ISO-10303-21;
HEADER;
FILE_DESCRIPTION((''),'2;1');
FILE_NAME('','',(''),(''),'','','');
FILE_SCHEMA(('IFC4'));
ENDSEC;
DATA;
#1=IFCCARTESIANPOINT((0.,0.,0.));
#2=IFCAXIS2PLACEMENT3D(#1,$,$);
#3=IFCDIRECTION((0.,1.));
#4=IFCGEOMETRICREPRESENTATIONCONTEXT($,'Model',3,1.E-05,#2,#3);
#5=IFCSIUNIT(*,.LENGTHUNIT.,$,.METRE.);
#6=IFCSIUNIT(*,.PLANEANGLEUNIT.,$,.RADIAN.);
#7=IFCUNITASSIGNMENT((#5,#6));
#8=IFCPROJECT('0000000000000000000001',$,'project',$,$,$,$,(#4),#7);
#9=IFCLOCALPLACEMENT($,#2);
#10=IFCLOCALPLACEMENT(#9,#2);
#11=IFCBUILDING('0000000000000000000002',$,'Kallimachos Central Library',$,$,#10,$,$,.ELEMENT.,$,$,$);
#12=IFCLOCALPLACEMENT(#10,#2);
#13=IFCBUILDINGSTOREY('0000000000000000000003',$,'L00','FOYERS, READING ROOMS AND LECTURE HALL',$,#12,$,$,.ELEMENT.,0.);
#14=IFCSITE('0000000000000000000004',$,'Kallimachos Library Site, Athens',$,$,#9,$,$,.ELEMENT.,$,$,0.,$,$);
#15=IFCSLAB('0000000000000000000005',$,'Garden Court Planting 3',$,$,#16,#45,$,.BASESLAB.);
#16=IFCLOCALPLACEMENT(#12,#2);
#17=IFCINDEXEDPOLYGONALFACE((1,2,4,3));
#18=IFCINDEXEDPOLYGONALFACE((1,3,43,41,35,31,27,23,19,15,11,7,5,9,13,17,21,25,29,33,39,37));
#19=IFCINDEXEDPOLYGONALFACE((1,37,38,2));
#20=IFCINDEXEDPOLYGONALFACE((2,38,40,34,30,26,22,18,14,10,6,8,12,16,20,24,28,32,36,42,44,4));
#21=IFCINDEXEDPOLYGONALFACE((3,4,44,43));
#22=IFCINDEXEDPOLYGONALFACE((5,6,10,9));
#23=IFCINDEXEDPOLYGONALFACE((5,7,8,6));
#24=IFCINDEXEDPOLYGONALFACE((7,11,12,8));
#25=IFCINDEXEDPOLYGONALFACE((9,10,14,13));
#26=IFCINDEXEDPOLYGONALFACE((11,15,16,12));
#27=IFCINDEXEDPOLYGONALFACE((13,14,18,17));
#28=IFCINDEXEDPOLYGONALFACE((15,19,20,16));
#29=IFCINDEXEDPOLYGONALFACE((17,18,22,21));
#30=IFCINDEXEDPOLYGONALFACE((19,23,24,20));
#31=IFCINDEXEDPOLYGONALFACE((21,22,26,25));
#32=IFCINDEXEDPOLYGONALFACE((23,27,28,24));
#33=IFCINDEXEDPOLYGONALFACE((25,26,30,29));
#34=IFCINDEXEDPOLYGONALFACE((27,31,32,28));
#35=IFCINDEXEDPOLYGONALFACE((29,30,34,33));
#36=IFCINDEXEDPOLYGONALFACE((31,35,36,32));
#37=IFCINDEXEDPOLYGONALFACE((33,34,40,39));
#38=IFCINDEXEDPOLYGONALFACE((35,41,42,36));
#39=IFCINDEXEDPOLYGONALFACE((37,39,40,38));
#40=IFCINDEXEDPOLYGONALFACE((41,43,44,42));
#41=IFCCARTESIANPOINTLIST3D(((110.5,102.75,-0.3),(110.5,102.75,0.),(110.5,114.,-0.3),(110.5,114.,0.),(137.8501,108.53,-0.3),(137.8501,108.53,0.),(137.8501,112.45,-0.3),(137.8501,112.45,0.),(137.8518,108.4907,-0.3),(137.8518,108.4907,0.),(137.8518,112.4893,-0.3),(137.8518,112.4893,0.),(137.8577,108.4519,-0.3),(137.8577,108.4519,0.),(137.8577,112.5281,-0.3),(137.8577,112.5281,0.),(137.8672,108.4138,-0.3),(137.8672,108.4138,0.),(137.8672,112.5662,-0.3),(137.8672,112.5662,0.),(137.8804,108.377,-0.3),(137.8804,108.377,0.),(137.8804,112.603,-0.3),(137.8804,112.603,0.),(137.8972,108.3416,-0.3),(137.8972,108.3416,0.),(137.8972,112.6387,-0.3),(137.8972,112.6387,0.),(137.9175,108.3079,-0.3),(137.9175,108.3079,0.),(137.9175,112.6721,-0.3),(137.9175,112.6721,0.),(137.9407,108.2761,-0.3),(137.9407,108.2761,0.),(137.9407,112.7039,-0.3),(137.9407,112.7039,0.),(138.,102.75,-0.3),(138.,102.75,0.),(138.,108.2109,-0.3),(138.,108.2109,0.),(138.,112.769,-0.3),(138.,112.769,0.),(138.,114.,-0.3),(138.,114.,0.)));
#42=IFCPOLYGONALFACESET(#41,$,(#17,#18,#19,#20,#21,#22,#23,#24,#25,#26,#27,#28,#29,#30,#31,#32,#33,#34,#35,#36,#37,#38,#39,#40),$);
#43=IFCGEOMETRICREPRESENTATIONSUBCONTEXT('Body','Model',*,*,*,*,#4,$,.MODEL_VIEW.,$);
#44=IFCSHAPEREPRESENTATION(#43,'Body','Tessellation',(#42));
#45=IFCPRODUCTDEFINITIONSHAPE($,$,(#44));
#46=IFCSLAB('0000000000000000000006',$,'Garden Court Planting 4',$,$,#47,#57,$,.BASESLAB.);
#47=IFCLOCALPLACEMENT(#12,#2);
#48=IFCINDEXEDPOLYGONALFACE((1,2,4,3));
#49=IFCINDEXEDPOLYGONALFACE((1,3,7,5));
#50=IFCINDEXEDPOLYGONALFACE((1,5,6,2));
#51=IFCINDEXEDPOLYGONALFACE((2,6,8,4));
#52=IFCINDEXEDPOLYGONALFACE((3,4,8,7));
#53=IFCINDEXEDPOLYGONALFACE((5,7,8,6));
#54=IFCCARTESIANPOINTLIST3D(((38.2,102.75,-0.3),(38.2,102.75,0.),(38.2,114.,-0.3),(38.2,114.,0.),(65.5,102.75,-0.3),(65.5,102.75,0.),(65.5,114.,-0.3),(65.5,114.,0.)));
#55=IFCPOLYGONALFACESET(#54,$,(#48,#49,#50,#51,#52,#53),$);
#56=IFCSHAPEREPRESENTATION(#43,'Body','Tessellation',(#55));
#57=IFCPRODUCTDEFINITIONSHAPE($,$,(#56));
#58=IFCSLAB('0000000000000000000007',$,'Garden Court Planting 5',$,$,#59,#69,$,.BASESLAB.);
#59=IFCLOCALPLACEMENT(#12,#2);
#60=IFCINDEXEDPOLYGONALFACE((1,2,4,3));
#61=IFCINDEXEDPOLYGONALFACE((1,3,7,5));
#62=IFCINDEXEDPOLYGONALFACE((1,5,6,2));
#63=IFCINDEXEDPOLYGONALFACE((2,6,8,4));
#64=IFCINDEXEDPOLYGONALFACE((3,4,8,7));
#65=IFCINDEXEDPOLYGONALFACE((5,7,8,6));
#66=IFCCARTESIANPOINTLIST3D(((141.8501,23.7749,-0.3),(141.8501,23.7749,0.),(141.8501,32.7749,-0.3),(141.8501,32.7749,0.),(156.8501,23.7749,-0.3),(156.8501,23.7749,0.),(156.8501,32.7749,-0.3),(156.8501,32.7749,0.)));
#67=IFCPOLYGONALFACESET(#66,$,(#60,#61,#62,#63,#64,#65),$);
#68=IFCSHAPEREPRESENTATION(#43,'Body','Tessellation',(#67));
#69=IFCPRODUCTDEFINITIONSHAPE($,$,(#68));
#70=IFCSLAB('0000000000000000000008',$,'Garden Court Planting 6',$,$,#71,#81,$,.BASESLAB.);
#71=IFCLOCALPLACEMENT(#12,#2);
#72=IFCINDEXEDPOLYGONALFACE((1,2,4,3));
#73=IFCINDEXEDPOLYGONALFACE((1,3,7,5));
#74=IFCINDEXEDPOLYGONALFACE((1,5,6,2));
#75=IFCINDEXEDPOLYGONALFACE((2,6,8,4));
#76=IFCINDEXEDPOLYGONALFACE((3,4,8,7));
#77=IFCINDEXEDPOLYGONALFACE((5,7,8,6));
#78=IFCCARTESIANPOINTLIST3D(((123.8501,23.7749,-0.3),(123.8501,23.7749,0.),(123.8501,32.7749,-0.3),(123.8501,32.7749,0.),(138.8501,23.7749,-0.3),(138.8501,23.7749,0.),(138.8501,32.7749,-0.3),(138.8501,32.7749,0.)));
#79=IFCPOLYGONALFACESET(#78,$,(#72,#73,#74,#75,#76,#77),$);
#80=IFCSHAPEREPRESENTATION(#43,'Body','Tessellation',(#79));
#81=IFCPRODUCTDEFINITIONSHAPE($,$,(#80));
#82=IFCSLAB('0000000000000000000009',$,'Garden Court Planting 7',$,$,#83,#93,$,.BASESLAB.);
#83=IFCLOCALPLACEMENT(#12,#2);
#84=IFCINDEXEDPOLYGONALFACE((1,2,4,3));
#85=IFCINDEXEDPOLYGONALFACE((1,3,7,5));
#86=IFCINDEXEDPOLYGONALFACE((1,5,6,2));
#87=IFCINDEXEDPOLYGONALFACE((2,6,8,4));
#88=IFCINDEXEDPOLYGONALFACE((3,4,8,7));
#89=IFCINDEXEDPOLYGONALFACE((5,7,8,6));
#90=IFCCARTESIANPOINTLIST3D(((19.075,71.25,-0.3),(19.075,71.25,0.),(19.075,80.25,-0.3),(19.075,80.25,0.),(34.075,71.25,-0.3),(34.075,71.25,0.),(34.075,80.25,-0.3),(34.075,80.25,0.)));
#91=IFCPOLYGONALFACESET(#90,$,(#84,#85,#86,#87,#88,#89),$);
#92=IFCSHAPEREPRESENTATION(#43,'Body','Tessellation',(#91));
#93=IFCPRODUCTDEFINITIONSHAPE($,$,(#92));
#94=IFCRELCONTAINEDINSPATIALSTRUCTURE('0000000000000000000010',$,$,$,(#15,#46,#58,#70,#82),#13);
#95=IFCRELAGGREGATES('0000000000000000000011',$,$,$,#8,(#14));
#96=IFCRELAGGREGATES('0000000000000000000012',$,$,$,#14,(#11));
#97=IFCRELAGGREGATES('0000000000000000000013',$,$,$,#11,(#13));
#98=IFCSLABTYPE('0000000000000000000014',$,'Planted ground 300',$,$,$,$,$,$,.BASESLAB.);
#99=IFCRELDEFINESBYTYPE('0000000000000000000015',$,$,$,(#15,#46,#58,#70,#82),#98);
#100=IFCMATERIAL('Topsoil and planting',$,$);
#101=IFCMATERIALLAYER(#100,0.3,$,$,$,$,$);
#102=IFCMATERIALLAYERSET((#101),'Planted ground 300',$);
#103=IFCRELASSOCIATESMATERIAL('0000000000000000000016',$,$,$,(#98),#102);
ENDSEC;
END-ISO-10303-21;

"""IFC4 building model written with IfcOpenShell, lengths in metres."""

from ifc_helpers import new_model, si_unit, direction, frame, origin, place, context, subcontext, project, spatial, polyline, outline, extrude, material, layer, layer_set, type_object, element, save


model = new_model("IFC4")

# Units and contexts
model_context = context("Model", 3, precision=1e-05, world=origin(), true_north=direction((0.0, 1.0)))
body_context = subcontext(model_context, "Body", "Model", "MODEL_VIEW")
ifc_project = project(units=[si_unit("LENGTHUNIT", "METRE"), si_unit("PLANEANGLEUNIT", "RADIAN")], contexts=[model_context])

# Site, building, storey
site_placement = place(None, origin())
site = spatial("IfcSite", under=ifc_project, at=site_placement, Name="Kallimachos Library Site, Athens", CompositionType="ELEMENT", RefElevation=0.0)
building_placement = place(site_placement, origin())
building = spatial("IfcBuilding", under=site, at=building_placement, Name="Kallimachos Central Library", CompositionType="ELEMENT")
storey_placement = place(building_placement, origin())
storey = spatial("IfcBuildingStorey", under=building, at=storey_placement, Name="L00", Description="FOYERS, READING ROOMS AND LECTURE HALL", CompositionType="ELEMENT", Elevation=0.0)

# Slabs
ifc_material_1 = material(Name="Topsoil and planting")
ifc_layer_1 = layer(ifc_material_1, 0.3)
ifc_layer_set_1 = layer_set([ifc_layer_1], Name="Planted ground 300")
slab_type_1 = type_object("IfcSlabType", Name="Planted ground 300", PredefinedType="BASESLAB", material=ifc_layer_set_1)
slab_1_placement = place(storey_placement, frame((0.0, 0.0, -0.3)))
element("IfcSlab", 1, at=slab_1_placement, inside=storey, type_object=slab_type_1, Name="Garden Court Planting 3", PredefinedType="BASESLAB", context=body_context, shape_type="SweptSolid", body=[
    extrude(outline(polyline([(110.5, 102.75), (110.5, 114.0), (138.0, 114.0), (138.0, 112.769), (137.9407, 112.7039), (137.9175, 112.6721), (137.8972, 112.6387), (137.8804, 112.603), (137.8672, 112.5662), (137.8577, 112.5281), (137.8518, 112.4893), (137.8501, 112.45), (137.8501, 108.53), (137.8518, 108.4907), (137.8577, 108.4519), (137.8672, 108.4138), (137.8804, 108.377), (137.8972, 108.3416), (137.9175, 108.3079), (137.9407, 108.2761), (138.0, 108.2109), (138.0, 102.75), (110.5, 102.75)])), origin(), (0.0, 0.0, 1.0), 0.3),
])
slab_2_placement = place(storey_placement, frame((0.0, 0.0, -0.3)))
element("IfcSlab", 2, at=slab_2_placement, inside=storey, type_object=slab_type_1, Name="Garden Court Planting 4", PredefinedType="BASESLAB", context=body_context, shape_type="SweptSolid", body=[
    extrude(outline(polyline([(38.2, 102.75), (38.2, 114.0), (65.5, 114.0), (65.5, 102.75), (38.2, 102.75)])), origin(), (0.0, 0.0, 1.0), 0.3),
])
slab_3_placement = place(storey_placement, frame((0.0, 0.0, -0.3)))
element("IfcSlab", 3, at=slab_3_placement, inside=storey, type_object=slab_type_1, Name="Garden Court Planting 5", PredefinedType="BASESLAB", context=body_context, shape_type="SweptSolid", body=[
    extrude(outline(polyline([(141.8501, 32.7749), (156.8501, 32.7749), (156.8501, 23.7749), (141.8501, 23.7749), (141.8501, 32.7749)])), origin(), (0.0, 0.0, 1.0), 0.3),
])
slab_4_placement = place(storey_placement, frame((0.0, 0.0, -0.3)))
element("IfcSlab", 4, at=slab_4_placement, inside=storey, type_object=slab_type_1, Name="Garden Court Planting 6", PredefinedType="BASESLAB", context=body_context, shape_type="SweptSolid", body=[
    extrude(outline(polyline([(123.8501, 23.7749), (123.8501, 32.7749), (138.8501, 32.7749), (138.8501, 23.7749), (123.8501, 23.7749)])), origin(), (0.0, 0.0, 1.0), 0.3),
])
slab_5_placement = place(storey_placement, frame((0.0, 0.0, -0.3)))
element("IfcSlab", 5, at=slab_5_placement, inside=storey, type_object=slab_type_1, Name="Garden Court Planting 7", PredefinedType="BASESLAB", context=body_context, shape_type="SweptSolid", body=[
    extrude(outline(polyline([(34.075, 71.25), (19.075, 71.25), (19.075, 80.25), (34.075, 80.25), (34.075, 71.25)])), origin(), (0.0, 0.0, 1.0), 0.3),
])

save(model, "model.ifc")
